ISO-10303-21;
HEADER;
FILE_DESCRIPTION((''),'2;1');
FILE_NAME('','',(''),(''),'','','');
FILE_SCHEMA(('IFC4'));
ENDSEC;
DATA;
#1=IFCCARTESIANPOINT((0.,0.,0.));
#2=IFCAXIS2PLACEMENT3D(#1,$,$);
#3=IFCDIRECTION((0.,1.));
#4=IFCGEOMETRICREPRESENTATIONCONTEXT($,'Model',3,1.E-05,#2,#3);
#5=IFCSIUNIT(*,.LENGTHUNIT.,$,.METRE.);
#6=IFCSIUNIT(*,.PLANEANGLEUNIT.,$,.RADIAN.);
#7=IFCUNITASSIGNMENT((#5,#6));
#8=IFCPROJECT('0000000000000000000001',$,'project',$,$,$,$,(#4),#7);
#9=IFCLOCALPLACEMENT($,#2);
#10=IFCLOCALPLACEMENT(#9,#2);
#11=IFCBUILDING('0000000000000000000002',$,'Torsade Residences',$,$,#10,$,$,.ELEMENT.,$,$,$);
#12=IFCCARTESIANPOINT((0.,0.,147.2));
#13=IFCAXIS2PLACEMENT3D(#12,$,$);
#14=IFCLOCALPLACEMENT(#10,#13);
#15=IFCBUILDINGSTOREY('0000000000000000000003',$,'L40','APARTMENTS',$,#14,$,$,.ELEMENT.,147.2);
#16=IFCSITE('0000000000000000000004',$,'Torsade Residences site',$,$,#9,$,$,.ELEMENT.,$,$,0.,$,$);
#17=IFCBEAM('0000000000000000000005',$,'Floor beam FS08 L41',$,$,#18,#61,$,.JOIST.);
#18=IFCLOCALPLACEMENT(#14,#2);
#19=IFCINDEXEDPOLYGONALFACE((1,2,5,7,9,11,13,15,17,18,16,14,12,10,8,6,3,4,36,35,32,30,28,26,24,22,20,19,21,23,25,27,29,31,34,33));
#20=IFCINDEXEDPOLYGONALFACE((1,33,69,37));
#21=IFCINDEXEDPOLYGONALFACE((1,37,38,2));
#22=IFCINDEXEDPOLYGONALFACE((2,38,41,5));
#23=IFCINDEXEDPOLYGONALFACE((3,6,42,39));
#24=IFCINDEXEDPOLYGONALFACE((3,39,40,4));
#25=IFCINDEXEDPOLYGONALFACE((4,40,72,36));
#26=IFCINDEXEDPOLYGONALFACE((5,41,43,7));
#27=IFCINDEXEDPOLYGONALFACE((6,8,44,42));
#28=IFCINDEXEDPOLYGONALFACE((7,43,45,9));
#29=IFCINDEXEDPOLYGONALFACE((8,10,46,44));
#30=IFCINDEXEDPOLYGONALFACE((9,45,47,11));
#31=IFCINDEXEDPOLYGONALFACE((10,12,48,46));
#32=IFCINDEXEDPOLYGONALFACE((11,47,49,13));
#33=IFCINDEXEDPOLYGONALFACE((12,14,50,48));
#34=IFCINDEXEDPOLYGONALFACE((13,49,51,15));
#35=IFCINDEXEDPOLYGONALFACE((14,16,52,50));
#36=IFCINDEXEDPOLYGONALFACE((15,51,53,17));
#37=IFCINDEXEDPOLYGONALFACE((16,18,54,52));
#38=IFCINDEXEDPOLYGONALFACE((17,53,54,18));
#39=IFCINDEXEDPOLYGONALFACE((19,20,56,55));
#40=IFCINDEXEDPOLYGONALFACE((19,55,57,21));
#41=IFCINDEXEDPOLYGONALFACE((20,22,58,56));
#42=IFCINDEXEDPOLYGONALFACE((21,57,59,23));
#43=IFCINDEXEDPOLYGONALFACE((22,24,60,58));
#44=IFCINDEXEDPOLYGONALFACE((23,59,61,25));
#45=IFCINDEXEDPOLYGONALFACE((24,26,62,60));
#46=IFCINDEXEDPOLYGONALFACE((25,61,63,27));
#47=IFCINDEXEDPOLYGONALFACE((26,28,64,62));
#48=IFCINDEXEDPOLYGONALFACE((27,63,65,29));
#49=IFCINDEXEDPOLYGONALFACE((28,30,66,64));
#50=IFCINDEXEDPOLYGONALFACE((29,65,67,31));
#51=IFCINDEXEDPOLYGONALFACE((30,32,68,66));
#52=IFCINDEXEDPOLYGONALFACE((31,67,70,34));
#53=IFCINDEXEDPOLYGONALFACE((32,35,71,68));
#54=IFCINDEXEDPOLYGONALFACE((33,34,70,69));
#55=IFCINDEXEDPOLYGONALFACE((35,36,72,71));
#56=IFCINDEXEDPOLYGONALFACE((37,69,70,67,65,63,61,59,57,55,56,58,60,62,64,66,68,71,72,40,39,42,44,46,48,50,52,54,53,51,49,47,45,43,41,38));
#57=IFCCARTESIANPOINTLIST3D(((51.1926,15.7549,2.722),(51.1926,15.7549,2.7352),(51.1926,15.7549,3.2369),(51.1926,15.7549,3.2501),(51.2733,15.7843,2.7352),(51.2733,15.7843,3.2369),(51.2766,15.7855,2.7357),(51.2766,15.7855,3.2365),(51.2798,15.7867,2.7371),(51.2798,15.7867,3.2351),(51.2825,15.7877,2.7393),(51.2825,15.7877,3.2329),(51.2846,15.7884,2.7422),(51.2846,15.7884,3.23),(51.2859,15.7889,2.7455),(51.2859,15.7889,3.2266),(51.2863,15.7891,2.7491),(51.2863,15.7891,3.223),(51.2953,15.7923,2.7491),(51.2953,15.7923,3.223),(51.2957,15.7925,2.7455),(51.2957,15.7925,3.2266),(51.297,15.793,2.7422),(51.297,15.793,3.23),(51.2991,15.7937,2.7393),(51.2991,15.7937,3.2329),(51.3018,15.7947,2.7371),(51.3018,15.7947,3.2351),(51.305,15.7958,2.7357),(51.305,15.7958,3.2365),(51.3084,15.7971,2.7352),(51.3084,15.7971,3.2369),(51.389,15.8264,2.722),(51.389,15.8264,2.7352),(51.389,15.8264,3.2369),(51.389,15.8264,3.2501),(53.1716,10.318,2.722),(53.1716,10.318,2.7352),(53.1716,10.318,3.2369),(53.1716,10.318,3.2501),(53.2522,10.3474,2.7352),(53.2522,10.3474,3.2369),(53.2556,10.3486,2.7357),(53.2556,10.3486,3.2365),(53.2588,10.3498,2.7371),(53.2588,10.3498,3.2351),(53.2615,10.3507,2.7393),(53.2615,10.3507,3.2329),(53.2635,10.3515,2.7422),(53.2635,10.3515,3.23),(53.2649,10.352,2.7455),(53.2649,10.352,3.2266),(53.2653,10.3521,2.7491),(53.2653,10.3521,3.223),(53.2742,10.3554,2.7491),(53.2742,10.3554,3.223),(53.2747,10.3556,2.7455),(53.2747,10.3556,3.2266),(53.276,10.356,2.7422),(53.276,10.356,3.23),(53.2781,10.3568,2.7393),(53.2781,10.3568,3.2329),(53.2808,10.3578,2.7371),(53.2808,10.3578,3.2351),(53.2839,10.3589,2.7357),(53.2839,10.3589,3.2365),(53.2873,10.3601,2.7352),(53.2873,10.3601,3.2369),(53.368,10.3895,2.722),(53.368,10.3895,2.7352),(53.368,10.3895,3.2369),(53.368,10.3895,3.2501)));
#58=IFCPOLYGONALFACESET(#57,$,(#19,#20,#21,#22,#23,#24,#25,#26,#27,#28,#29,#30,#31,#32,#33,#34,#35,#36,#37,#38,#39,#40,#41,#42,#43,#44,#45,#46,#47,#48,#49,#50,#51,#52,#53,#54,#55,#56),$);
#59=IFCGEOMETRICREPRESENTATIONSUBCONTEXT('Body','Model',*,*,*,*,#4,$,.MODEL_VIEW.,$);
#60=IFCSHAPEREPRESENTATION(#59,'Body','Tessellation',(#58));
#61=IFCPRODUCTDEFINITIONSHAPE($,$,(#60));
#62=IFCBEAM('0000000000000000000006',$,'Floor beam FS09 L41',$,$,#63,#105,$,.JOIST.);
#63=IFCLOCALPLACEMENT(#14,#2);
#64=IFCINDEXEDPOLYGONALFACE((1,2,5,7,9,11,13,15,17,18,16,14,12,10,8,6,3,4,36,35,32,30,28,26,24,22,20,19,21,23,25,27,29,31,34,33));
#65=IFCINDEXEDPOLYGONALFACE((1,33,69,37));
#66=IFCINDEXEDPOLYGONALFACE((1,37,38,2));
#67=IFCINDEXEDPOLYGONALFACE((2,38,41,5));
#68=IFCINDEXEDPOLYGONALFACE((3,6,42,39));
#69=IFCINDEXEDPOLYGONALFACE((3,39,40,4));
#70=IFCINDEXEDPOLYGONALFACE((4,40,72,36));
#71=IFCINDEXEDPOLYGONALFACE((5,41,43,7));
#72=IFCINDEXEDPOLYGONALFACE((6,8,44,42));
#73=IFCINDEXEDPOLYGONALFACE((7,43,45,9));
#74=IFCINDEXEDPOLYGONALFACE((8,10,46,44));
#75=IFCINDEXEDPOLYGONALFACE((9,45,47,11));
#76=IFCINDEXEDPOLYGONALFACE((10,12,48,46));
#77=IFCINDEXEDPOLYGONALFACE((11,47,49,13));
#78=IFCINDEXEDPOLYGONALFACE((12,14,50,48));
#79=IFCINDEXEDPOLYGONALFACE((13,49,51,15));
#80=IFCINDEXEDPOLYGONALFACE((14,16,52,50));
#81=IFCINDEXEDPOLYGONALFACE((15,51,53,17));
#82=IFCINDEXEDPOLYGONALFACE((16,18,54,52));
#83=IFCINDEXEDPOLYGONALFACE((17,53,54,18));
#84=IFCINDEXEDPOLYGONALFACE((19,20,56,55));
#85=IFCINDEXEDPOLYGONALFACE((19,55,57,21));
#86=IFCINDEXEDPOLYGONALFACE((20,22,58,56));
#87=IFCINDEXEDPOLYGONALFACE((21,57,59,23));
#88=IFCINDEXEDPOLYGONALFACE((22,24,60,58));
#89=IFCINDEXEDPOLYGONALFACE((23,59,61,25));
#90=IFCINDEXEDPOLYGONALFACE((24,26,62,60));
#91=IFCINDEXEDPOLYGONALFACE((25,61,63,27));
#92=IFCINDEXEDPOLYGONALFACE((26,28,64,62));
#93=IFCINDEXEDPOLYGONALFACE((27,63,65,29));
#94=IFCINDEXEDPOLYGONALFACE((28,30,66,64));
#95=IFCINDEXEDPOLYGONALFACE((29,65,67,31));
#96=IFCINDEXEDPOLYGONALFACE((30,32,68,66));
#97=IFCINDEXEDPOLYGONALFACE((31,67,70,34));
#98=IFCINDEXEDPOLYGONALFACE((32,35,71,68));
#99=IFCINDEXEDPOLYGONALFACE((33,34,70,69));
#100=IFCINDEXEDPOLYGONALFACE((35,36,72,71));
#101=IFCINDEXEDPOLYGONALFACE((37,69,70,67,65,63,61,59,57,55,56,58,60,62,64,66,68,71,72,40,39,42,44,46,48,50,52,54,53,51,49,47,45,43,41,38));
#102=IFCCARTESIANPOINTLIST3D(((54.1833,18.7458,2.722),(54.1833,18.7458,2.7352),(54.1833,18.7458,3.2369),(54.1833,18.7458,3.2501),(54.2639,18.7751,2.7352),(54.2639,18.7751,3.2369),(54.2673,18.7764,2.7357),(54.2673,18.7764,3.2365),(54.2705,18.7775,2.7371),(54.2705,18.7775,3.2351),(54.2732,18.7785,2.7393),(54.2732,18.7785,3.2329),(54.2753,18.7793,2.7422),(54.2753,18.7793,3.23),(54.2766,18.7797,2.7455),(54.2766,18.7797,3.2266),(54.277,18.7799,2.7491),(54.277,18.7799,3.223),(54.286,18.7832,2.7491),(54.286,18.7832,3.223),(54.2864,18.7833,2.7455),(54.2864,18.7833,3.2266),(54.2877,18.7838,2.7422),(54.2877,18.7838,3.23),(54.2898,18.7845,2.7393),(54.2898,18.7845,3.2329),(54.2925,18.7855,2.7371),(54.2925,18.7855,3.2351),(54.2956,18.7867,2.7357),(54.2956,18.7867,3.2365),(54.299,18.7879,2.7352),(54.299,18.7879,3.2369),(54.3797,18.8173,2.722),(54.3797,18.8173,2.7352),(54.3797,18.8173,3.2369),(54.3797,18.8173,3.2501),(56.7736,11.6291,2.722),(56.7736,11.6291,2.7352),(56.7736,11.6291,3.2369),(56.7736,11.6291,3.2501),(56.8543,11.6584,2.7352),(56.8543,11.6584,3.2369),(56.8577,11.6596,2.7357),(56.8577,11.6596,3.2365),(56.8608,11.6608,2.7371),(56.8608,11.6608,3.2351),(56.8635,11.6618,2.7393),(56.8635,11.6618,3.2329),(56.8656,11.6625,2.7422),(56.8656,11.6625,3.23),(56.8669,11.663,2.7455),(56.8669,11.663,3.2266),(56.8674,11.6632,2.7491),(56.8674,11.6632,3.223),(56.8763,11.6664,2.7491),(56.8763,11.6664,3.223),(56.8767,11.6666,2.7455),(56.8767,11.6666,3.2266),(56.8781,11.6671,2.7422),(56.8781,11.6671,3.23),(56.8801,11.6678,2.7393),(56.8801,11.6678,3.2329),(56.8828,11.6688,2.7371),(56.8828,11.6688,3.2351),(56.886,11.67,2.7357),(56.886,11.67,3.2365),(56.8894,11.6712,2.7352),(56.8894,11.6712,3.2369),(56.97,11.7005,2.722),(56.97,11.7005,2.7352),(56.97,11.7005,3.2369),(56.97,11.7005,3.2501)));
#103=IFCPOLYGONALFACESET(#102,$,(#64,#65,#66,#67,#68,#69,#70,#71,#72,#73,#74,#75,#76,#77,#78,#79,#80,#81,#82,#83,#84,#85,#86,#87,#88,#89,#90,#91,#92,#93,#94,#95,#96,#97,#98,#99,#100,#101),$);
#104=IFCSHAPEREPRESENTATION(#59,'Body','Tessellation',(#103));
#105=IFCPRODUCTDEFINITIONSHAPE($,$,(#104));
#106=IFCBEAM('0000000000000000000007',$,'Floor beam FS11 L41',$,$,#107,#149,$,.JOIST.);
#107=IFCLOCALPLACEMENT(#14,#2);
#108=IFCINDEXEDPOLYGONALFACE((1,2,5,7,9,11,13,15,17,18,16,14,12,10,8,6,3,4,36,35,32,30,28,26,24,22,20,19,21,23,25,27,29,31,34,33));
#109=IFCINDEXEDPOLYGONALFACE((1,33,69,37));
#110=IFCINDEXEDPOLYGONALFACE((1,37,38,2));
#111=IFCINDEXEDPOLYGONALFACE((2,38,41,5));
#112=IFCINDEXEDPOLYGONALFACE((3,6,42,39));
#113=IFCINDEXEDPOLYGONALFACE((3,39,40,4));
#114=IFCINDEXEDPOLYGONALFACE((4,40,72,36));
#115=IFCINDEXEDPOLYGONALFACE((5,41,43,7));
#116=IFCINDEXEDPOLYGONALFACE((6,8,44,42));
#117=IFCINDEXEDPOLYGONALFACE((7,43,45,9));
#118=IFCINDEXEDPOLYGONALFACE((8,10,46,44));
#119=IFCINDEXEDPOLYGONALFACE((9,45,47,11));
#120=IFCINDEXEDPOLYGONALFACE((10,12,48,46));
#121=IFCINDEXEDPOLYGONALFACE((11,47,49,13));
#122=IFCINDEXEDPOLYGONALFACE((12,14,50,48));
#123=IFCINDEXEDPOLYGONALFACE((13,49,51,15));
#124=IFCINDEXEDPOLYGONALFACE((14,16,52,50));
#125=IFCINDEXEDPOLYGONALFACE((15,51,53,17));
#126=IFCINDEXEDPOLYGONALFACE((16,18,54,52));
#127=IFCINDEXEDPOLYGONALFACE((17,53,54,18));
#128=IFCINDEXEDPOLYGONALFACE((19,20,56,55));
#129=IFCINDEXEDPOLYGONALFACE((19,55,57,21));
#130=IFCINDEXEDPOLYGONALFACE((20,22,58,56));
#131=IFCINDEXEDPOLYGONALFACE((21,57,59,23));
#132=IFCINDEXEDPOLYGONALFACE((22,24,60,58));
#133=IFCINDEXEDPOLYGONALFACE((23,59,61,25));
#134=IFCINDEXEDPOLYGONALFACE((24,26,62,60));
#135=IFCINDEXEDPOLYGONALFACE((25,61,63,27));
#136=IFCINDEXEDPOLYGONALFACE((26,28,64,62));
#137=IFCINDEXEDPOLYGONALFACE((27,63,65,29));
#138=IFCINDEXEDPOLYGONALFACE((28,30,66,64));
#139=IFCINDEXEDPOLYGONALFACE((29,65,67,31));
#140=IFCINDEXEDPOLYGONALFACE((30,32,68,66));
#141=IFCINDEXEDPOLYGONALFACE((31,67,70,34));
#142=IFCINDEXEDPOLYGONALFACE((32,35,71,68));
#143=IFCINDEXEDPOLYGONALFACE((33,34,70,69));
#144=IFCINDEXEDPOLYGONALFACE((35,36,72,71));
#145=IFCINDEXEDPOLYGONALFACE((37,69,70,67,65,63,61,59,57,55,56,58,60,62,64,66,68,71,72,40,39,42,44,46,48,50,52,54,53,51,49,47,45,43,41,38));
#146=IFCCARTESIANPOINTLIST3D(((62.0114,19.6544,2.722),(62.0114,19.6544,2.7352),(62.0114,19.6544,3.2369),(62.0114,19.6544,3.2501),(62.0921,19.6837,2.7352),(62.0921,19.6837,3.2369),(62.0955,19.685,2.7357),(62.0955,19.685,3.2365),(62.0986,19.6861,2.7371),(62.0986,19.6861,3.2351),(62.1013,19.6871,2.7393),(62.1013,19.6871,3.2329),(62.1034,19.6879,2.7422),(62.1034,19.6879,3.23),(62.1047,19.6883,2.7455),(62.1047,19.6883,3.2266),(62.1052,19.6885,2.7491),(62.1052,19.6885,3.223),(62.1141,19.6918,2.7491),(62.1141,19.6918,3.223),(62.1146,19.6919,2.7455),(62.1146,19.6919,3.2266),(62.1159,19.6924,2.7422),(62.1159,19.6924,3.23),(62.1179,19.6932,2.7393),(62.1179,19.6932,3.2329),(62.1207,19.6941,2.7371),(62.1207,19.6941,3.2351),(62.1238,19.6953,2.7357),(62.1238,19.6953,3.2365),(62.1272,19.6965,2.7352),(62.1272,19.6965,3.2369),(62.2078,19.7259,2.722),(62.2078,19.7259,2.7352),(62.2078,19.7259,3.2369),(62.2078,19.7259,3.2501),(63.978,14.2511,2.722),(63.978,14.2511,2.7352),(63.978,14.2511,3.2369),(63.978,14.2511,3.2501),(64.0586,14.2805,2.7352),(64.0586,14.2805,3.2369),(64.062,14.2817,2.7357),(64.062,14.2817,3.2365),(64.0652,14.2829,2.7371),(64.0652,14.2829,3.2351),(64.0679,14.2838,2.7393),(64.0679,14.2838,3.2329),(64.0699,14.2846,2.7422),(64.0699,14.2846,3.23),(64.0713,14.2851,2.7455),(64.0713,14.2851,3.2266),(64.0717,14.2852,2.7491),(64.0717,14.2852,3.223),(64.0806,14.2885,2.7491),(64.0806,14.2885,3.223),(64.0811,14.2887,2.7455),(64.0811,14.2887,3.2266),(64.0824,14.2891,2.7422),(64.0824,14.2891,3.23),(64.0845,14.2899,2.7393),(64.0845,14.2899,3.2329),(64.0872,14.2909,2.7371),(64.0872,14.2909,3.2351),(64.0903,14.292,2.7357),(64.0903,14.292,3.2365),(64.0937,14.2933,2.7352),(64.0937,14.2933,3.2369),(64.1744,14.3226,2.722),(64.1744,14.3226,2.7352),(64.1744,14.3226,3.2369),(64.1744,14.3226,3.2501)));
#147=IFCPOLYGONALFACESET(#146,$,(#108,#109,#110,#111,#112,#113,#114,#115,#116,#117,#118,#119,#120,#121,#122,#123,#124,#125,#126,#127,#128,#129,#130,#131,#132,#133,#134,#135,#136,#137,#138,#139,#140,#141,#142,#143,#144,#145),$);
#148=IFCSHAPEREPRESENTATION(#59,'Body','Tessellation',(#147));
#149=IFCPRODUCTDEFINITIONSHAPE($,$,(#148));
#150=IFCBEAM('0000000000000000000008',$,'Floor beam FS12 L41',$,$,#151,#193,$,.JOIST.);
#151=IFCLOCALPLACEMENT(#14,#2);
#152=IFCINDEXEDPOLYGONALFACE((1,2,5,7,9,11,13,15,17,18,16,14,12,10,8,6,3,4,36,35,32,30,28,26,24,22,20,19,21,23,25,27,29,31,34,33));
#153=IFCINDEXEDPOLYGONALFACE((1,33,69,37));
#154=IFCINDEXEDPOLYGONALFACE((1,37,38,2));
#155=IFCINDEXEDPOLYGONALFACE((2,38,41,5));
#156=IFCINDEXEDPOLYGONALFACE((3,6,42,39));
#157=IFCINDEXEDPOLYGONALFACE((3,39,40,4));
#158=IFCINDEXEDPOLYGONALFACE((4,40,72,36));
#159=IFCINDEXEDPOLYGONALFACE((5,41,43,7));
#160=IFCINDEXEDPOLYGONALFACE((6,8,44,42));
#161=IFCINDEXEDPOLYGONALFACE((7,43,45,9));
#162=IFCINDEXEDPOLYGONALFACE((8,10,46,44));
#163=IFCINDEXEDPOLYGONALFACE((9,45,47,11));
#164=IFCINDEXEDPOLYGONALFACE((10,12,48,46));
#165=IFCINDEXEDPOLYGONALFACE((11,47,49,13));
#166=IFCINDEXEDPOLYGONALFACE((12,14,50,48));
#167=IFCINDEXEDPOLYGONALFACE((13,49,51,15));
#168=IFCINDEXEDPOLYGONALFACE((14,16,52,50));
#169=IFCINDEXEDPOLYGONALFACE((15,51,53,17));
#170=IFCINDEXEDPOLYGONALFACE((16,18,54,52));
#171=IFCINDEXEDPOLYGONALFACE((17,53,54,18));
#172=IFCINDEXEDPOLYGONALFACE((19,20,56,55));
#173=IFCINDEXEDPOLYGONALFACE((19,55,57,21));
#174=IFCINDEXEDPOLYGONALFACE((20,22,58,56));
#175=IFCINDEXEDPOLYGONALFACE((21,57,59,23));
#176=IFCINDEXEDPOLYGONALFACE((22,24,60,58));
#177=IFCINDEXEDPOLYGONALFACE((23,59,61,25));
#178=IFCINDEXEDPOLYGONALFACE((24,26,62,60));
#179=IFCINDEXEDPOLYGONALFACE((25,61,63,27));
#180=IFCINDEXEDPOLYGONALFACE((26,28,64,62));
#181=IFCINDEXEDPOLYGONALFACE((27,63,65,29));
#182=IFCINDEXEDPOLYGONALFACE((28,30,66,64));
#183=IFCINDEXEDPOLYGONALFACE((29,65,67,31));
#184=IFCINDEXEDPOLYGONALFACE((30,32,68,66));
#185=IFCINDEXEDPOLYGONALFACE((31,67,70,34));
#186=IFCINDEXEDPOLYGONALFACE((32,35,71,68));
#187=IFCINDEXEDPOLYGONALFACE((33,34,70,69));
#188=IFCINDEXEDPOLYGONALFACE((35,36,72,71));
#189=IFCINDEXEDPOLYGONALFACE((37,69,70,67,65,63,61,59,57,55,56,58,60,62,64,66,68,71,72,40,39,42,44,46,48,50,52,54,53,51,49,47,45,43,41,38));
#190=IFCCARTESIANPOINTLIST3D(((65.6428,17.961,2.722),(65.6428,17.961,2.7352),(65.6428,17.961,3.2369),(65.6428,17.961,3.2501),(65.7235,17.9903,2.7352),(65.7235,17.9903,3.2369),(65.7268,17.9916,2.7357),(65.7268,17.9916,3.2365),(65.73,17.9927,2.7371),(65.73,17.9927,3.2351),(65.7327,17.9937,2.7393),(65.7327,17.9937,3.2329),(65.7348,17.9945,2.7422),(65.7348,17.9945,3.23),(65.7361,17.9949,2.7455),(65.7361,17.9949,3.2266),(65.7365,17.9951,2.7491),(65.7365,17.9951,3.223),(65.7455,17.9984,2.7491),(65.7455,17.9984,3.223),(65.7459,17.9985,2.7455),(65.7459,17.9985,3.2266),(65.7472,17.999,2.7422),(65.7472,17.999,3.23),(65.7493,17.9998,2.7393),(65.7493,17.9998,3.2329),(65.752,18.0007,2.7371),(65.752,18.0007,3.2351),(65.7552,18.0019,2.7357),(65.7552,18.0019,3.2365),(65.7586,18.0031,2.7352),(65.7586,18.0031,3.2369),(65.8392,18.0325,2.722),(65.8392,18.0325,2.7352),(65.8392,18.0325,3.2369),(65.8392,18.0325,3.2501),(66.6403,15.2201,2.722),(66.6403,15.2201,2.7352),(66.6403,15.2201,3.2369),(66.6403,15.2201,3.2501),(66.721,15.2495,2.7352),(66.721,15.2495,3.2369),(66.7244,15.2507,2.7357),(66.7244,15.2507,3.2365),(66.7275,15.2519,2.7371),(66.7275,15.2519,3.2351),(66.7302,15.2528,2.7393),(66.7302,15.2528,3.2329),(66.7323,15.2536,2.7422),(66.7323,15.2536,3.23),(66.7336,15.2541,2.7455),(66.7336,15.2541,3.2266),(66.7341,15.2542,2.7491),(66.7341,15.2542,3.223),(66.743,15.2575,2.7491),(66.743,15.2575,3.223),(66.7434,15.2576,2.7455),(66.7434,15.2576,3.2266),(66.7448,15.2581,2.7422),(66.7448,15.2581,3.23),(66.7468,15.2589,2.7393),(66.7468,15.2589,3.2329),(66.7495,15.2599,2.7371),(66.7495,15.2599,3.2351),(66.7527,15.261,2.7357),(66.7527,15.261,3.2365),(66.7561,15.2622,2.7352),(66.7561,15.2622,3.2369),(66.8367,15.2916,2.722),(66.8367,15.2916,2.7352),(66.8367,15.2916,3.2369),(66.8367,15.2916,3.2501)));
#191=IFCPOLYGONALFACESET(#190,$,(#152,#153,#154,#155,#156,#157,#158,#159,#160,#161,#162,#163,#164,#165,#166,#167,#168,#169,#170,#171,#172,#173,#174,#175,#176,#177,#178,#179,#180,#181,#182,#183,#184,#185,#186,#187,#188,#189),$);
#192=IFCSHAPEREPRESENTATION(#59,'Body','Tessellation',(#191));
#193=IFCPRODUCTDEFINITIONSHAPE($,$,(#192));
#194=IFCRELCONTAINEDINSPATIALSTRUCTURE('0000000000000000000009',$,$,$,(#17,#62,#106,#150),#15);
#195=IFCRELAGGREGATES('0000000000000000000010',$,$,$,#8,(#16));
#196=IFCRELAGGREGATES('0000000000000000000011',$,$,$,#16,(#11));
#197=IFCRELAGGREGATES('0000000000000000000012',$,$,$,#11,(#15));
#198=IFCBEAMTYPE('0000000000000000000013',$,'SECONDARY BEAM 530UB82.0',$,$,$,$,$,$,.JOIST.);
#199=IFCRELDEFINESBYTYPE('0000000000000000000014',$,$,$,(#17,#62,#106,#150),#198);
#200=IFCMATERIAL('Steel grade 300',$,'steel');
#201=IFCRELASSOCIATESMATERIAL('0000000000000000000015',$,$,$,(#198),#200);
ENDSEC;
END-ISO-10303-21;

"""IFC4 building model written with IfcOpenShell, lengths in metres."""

from ifc_helpers import new_model, si_unit, direction, frame, origin, origin_2d, place, context, subcontext, project, spatial, i_section, extrude, material, material_profile, profile_set, type_object, element, save


model = new_model("IFC4")

# Units and contexts
model_context = context("Model", 3, precision=1e-05, world=origin(), true_north=direction((0.0, 1.0)))
body_context = subcontext(model_context, "Body", "Model", "MODEL_VIEW")
ifc_project = project(units=[si_unit("LENGTHUNIT", "METRE"), si_unit("PLANEANGLEUNIT", "RADIAN")], contexts=[model_context])

# Site, building, storey
site_placement = place(None, origin())
site = spatial("IfcSite", under=ifc_project, at=site_placement, Name="Torsade Residences site", CompositionType="ELEMENT", RefElevation=0.0)
building_placement = place(site_placement, origin())
building = spatial("IfcBuilding", under=site, at=building_placement, Name="Torsade Residences", CompositionType="ELEMENT")
storey_placement = place(building_placement, frame((0.0, 0.0, 147.2)))
storey = spatial("IfcBuildingStorey", under=building, at=storey_placement, Name="L40", Description="APARTMENTS", CompositionType="ELEMENT", Elevation=147.2)

# Beams
ifc_material_1 = material(Name="Steel grade 300", Category="steel")
ifc_material_profile_1 = material_profile(ifc_material_1, i_section(OverallWidth=0.209, OverallDepth=0.5281, WebThickness=0.0095, FlangeThickness=0.0132, FilletRadius=0.0139, at=origin_2d()), Name="530UB82.0")
ifc_profile_set_1 = profile_set([ifc_material_profile_1], Name="Steel grade 300")
beam_type_1 = type_object("IfcBeamType", Name="SECONDARY BEAM 530UB82.0", PredefinedType="JOIST", material=ifc_profile_set_1)
beam_1_placement = place(storey_placement, frame((53.2698, 10.3538, 2.9861), z_axis=(-0.342034, 0.939687, 0.0), x_axis=(-0.939687, -0.342034, 0.0)))
element("IfcBeam", 1, at=beam_1_placement, inside=storey, type_object=beam_type_1, Name="Floor beam FS08 L41", PredefinedType="JOIST", context=body_context, shape_type="SweptSolid", body=[
    extrude(i_section(OverallWidth=0.209, OverallDepth=0.5281, WebThickness=0.0095, FlangeThickness=0.0132, FilletRadius=0.0139, at=origin_2d()), origin(), (0.0, 0.0, 1.0), 5.7859),
])
beam_2_placement = place(storey_placement, frame((56.8718, 11.6648, 2.9861), z_axis=(-0.342028, 0.93969, 0.0), x_axis=(-0.93969, -0.342028, 0.0)))
element("IfcBeam", 2, at=beam_2_placement, inside=storey, type_object=beam_type_1, Name="Floor beam FS09 L41", PredefinedType="JOIST", context=body_context, shape_type="SweptSolid", body=[
    extrude(i_section(OverallWidth=0.209, OverallDepth=0.5281, WebThickness=0.0095, FlangeThickness=0.0132, FilletRadius=0.0139, at=origin_2d()), origin(), (0.0, 0.0, 1.0), 7.5735),
])
beam_3_placement = place(storey_placement, frame((64.0762, 14.2869, 2.9861), z_axis=(-0.342006, 0.939698, 0.0), x_axis=(-0.939698, -0.342006, 0.0)))
element("IfcBeam", 3, at=beam_3_placement, inside=storey, type_object=beam_type_1, Name="Floor beam FS11 L41", PredefinedType="JOIST", context=body_context, shape_type="SweptSolid", body=[
    extrude(i_section(OverallWidth=0.209, OverallDepth=0.5281, WebThickness=0.0095, FlangeThickness=0.0132, FilletRadius=0.0139, at=origin_2d()), origin(), (0.0, 0.0, 1.0), 5.75),
])
beam_4_placement = place(storey_placement, frame((66.7385, 15.2559, 2.9861), z_axis=(-0.341998, 0.939701, 0.0), x_axis=(-0.939701, -0.341998, 0.0)))
element("IfcBeam", 4, at=beam_4_placement, inside=storey, type_object=beam_type_1, Name="Floor beam FS12 L41", PredefinedType="JOIST", context=body_context, shape_type="SweptSolid", body=[
    extrude(i_section(OverallWidth=0.209, OverallDepth=0.5281, WebThickness=0.0095, FlangeThickness=0.0132, FilletRadius=0.0139, at=origin_2d()), origin(), (0.0, 0.0, 1.0), 2.9167),
])

save(model, "model.ifc")
